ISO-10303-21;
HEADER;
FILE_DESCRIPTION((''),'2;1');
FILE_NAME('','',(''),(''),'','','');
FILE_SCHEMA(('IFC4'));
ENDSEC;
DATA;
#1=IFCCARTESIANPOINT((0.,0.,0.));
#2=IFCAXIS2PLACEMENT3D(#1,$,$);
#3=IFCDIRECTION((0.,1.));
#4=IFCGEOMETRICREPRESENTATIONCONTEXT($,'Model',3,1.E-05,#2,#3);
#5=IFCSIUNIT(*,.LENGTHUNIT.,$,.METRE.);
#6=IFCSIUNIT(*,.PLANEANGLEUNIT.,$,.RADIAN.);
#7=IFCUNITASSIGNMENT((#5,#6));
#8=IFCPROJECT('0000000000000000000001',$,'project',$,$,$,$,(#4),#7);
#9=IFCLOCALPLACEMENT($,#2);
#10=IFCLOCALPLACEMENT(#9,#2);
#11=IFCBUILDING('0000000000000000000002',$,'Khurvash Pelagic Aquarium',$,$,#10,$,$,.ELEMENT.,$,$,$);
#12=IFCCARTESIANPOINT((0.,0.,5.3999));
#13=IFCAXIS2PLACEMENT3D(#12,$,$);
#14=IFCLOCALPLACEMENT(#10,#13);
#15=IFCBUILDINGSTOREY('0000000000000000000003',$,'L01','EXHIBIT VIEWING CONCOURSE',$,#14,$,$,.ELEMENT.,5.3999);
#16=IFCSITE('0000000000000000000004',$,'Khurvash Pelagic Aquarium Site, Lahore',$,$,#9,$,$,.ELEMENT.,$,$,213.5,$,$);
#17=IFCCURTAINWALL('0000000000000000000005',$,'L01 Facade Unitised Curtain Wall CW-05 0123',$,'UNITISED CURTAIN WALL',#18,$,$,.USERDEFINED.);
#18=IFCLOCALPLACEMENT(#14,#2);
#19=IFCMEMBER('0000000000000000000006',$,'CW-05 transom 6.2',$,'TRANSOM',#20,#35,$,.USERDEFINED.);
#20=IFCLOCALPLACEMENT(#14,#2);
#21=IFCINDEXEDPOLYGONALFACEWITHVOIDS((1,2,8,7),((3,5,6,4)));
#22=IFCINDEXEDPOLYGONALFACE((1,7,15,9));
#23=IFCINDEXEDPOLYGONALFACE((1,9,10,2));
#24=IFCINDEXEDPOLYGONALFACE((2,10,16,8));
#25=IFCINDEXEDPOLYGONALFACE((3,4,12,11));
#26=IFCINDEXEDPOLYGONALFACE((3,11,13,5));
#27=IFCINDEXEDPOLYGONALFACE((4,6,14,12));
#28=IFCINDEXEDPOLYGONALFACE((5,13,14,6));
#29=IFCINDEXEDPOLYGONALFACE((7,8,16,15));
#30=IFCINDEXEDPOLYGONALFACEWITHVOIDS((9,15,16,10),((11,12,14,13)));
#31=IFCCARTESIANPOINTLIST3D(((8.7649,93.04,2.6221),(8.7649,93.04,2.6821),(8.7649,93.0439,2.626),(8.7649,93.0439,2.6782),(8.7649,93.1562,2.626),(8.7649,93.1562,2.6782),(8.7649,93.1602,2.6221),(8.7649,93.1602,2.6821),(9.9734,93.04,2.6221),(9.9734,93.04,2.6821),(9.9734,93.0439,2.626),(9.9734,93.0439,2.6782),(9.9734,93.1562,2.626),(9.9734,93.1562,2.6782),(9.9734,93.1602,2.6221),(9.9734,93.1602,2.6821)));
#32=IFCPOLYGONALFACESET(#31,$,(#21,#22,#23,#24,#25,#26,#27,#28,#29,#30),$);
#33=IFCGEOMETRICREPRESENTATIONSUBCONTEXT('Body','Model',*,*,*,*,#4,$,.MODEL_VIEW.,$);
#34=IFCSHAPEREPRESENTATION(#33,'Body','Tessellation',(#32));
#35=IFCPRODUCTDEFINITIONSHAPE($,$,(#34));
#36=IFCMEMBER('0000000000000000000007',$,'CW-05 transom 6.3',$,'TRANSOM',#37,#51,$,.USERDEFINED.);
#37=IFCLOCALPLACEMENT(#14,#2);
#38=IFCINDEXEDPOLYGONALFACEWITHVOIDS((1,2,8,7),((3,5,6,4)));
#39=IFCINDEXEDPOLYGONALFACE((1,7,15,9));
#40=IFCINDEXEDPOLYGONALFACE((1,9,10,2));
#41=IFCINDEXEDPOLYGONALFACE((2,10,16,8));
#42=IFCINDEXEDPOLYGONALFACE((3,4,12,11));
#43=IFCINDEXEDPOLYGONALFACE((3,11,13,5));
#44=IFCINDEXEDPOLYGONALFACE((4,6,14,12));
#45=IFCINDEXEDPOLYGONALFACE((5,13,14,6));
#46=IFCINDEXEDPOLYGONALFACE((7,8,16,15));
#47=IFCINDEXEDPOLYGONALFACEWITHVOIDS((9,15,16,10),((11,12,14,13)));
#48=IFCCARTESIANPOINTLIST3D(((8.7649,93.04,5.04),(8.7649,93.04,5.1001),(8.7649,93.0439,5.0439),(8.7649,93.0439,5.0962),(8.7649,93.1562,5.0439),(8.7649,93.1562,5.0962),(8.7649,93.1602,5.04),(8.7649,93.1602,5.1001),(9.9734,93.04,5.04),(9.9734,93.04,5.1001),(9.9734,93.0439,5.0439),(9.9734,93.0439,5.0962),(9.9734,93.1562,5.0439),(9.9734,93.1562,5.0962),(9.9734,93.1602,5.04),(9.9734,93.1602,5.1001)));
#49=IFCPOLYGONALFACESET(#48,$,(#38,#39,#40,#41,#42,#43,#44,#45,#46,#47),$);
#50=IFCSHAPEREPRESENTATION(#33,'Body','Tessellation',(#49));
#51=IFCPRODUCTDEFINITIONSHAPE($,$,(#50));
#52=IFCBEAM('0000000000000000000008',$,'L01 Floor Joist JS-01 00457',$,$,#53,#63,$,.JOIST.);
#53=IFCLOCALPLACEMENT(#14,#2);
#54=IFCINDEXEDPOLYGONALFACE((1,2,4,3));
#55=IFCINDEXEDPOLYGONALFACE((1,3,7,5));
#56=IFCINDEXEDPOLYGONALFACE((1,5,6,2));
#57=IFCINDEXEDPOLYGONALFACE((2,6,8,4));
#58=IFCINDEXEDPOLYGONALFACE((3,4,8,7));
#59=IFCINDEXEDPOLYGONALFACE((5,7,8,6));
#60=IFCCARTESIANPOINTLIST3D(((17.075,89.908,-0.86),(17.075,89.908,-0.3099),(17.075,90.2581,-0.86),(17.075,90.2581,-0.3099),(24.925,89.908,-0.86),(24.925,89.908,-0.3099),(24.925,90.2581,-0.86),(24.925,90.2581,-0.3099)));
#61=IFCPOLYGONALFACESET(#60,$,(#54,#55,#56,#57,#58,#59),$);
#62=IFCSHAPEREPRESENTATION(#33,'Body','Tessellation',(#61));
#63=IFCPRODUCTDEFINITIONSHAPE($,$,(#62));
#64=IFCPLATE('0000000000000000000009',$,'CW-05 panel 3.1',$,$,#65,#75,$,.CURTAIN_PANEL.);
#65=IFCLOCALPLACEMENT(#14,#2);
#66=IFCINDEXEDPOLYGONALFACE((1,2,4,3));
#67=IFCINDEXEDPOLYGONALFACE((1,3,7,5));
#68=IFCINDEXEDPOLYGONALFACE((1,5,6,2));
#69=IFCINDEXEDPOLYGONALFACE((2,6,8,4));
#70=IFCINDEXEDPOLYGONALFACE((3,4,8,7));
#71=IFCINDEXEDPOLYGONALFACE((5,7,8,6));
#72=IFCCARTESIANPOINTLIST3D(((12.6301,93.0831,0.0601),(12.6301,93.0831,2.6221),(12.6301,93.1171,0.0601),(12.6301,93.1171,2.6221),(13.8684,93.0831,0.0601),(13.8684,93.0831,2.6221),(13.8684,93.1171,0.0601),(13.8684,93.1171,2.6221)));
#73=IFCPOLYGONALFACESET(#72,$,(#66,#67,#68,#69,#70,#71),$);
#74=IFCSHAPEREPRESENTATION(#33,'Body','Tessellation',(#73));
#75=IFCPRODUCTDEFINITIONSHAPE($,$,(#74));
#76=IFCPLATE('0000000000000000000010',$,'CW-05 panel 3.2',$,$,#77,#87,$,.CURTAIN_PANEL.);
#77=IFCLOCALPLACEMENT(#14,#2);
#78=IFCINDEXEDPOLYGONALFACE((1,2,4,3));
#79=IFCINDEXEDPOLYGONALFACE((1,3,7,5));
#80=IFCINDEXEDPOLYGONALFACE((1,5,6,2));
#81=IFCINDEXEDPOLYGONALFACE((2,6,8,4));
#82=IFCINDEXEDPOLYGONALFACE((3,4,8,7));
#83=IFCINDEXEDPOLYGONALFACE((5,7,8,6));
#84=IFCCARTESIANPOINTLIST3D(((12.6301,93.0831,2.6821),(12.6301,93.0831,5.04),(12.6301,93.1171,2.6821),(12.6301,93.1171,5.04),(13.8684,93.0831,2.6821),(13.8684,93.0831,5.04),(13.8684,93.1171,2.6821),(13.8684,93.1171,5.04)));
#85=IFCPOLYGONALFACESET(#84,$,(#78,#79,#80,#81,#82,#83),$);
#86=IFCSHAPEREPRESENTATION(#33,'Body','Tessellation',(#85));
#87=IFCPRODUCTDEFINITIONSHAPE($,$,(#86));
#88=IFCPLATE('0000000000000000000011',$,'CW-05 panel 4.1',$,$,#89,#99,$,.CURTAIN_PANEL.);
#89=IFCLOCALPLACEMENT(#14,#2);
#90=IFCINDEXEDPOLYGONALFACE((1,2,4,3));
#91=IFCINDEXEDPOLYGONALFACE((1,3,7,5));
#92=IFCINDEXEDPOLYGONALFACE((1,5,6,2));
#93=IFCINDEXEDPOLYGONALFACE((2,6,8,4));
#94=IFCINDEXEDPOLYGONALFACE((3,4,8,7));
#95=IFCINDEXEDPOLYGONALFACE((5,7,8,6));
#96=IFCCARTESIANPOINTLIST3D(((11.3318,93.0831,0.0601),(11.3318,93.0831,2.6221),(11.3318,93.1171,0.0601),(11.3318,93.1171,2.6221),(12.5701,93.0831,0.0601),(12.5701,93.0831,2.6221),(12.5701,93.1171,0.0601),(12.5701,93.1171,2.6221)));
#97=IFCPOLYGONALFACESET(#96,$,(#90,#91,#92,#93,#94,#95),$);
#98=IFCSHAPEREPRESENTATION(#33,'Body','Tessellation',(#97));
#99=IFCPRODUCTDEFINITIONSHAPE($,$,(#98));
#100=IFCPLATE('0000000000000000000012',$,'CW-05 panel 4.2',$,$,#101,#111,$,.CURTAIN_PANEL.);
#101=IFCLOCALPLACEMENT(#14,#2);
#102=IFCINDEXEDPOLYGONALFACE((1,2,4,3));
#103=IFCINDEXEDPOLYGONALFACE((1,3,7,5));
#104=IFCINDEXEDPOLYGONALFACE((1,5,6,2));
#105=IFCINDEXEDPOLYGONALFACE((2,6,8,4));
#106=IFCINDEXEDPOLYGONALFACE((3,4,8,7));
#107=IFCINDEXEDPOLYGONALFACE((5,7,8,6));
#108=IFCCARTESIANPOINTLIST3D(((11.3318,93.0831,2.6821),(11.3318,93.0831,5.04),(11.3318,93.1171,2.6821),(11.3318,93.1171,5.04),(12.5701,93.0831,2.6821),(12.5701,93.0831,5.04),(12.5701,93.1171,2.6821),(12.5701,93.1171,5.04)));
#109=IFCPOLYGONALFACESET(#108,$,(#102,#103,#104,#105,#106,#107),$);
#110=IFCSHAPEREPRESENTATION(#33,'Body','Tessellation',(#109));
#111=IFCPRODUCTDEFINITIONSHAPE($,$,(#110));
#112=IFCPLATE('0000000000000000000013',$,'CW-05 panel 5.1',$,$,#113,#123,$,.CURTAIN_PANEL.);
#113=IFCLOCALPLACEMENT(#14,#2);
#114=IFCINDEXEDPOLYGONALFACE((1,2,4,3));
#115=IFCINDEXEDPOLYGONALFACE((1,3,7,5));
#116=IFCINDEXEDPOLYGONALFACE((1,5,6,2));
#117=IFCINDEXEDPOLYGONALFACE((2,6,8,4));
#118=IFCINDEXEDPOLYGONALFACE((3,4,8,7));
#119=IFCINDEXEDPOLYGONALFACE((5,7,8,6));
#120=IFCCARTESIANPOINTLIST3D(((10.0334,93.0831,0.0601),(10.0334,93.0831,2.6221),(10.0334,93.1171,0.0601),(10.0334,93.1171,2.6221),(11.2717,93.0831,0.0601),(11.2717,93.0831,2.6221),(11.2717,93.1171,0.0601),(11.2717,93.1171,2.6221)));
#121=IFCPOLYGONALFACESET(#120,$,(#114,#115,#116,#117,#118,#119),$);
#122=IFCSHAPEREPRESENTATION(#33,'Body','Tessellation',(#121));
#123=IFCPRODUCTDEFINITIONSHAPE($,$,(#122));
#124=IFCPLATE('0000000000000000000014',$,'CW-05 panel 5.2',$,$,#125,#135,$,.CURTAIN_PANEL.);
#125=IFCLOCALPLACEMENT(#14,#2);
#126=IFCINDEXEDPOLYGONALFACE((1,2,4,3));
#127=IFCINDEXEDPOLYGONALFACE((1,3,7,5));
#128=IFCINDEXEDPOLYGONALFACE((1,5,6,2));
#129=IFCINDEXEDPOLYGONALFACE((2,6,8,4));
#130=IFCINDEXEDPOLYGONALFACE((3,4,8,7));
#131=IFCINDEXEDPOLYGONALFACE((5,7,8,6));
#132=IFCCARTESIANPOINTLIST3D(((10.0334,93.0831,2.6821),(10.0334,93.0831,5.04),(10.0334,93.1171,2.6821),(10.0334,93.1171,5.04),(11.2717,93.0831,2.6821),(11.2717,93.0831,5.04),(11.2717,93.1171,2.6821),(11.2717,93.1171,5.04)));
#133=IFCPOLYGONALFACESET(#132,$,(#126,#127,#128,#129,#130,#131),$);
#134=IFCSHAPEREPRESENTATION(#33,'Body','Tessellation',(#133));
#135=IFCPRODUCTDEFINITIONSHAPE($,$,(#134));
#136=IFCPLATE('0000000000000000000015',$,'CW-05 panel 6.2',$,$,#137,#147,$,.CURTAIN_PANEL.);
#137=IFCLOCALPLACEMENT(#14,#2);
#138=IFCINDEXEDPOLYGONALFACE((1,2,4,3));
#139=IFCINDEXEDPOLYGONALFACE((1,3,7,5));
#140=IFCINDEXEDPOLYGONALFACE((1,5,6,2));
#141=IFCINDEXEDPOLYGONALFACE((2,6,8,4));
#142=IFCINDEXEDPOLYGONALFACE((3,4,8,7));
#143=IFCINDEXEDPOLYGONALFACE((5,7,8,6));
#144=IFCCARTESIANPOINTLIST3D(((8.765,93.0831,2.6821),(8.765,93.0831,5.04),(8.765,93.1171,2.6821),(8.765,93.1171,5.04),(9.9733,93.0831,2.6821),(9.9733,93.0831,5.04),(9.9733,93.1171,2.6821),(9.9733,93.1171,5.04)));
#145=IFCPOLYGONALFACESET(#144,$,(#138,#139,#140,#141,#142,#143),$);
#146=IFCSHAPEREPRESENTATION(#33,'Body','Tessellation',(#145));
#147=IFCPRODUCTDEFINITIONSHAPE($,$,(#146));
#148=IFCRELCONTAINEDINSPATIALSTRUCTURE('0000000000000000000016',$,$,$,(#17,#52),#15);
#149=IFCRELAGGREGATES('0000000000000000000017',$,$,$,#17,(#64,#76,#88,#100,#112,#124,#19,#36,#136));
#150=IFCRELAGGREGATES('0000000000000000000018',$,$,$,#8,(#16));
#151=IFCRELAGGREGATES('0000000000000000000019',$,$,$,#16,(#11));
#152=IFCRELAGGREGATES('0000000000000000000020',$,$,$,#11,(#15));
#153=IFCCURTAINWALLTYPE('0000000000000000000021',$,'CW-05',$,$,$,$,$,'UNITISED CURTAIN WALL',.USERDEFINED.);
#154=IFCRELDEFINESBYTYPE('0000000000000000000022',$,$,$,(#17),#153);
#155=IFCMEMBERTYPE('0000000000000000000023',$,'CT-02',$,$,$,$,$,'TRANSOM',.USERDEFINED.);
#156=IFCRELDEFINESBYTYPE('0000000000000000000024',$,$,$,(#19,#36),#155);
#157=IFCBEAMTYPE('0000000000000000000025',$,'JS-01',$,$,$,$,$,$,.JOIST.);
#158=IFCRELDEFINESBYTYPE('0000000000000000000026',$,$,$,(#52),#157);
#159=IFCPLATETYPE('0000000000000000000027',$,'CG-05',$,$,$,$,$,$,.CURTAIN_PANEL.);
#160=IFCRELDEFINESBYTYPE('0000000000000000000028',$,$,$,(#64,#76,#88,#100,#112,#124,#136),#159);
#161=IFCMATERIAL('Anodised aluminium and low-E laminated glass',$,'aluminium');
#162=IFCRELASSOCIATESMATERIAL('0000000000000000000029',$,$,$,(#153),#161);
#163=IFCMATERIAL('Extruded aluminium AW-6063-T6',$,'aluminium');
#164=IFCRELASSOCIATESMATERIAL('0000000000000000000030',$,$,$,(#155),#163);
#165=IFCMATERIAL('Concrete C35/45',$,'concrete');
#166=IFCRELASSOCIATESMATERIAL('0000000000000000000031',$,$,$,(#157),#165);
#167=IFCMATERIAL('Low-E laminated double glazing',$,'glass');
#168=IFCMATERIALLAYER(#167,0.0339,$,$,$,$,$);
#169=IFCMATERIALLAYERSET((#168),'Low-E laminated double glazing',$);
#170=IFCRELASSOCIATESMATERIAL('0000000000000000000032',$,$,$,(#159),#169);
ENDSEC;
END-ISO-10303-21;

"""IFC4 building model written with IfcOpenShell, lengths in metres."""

from ifc_helpers import new_model, si_unit, direction, frame, origin, origin_2d, place, context, subcontext, project, spatial, rectangle, hollow_rectangle, extrude, material, layer, layer_set, material_profile, profile_set, type_object, element, aggregate, save


model = new_model("IFC4")

# Units and contexts
model_context = context("Model", 3, precision=1e-05, world=origin(), true_north=direction((0.0, 1.0)))
body_context = subcontext(model_context, "Body", "Model", "MODEL_VIEW")
ifc_project = project(units=[si_unit("LENGTHUNIT", "METRE"), si_unit("PLANEANGLEUNIT", "RADIAN")], contexts=[model_context])

# Site, building, storey
site_placement = place(None, origin())
site = spatial("IfcSite", under=ifc_project, at=site_placement, Name="Khurvash Pelagic Aquarium Site, Lahore", CompositionType="ELEMENT", RefElevation=213.5)
building_placement = place(site_placement, origin())
building = spatial("IfcBuilding", under=site, at=building_placement, Name="Khurvash Pelagic Aquarium", CompositionType="ELEMENT")
storey_placement = place(building_placement, frame((0.0, 0.0, 5.3999)))
storey = spatial("IfcBuildingStorey", under=building, at=storey_placement, Name="L01", Description="EXHIBIT VIEWING CONCOURSE", CompositionType="ELEMENT", Elevation=5.3999)

# Curtain wall, members
ifc_material_1 = material(Name="Anodised aluminium and low-E laminated glass", Category="aluminium")
curtain_wall_type = type_object("IfcCurtainWallType", Name="CW-05", ElementType="UNITISED CURTAIN WALL", PredefinedType="USERDEFINED", material=ifc_material_1)
curtain_wall_placement = place(storey_placement, origin())
curtain_wall = element("IfcCurtainWall", 1, at=curtain_wall_placement, inside=storey, type_object=curtain_wall_type, Name="L01 Facade Unitised Curtain Wall CW-05 0123", ObjectType="UNITISED CURTAIN WALL", PredefinedType="USERDEFINED")
ifc_material_2 = material(Name="Extruded aluminium AW-6063-T6", Category="aluminium")
ifc_material_profile_1 = material_profile(ifc_material_2, hollow_rectangle(XDim=0.1201, YDim=0.0601, WallThickness=0.0039, at=origin_2d()), Name="CWT120X60X4")
ifc_profile_set_1 = profile_set([ifc_material_profile_1], Name="Extruded aluminium AW-6063-T6")
member_type_1 = type_object("IfcMemberType", Name="CT-02", ElementType="TRANSOM", PredefinedType="USERDEFINED", material=ifc_profile_set_1)
member_1_placement = place(storey_placement, frame((9.9734, 93.1001, 2.6521), z_axis=(-1.0, 0.0, 0.0), x_axis=(0.0, -1.0, 0.0)))
member_1 = element("IfcMember", 2, at=member_1_placement, type_object=member_type_1, Name="CW-05 transom 6.2", ObjectType="TRANSOM", PredefinedType="USERDEFINED", context=body_context, shape_type="SweptSolid", body=[
    extrude(hollow_rectangle(XDim=0.1201, YDim=0.0601, WallThickness=0.0039, at=origin_2d()), origin(), (0.0, 0.0, 1.0), 1.2085),
])
member_2_placement = place(storey_placement, frame((9.9734, 93.1001, 5.0701), z_axis=(-1.0, 0.0, 0.0), x_axis=(0.0, -1.0, 0.0)))
member_2 = element("IfcMember", 3, at=member_2_placement, type_object=member_type_1, Name="CW-05 transom 6.3", ObjectType="TRANSOM", PredefinedType="USERDEFINED", context=body_context, shape_type="SweptSolid", body=[
    extrude(hollow_rectangle(XDim=0.1201, YDim=0.0601, WallThickness=0.0039, at=origin_2d()), origin(), (0.0, 0.0, 1.0), 1.2085),
])

# Beam
ifc_material_3 = material(Name="Concrete C35/45", Category="concrete")
ifc_material_profile_2 = material_profile(ifc_material_3, rectangle(XDim=0.3501, YDim=0.55, at=origin_2d()), Name="RC350X550")
ifc_profile_set_2 = profile_set([ifc_material_profile_2], Name="Concrete C35/45")
beam_type = type_object("IfcBeamType", Name="JS-01", PredefinedType="JOIST", material=ifc_profile_set_2)
beam_placement = place(storey_placement, frame((17.075, 90.083, -0.585), z_axis=(1.0, 0.0, 0.0), x_axis=(0.0, 1.0, 0.0)))
element("IfcBeam", 4, at=beam_placement, inside=storey, type_object=beam_type, Name="L01 Floor Joist JS-01 00457", PredefinedType="JOIST", context=body_context, shape_type="SweptSolid", body=[
    extrude(rectangle(XDim=0.3501, YDim=0.55, at=origin_2d()), origin(), (0.0, 0.0, 1.0), 7.8501),
])

# Plates
ifc_material_4 = material(Name="Low-E laminated double glazing", Category="glass")
ifc_layer = layer(ifc_material_4, 0.0339)
ifc_layer_set = layer_set([ifc_layer], Name="Low-E laminated double glazing")
plate_type = type_object("IfcPlateType", Name="CG-05", PredefinedType="CURTAIN_PANEL", material=ifc_layer_set)
plate_1_placement = place(storey_placement, frame((13.2493, 93.1001, 0.0601), z_axis=(0.0, 0.0, 1.0), x_axis=(-1.0, 0.0, 0.0)))
plate_1 = element("IfcPlate", 5, at=plate_1_placement, type_object=plate_type, Name="CW-05 panel 3.1", PredefinedType="CURTAIN_PANEL", context=body_context, shape_type="SweptSolid", body=[
    extrude(rectangle(XDim=1.2383, YDim=0.0339, at=origin_2d()), origin(), (0.0, 0.0, 1.0), 2.562),
])
plate_2_placement = place(storey_placement, frame((13.2493, 93.1001, 2.6821), z_axis=(0.0, 0.0, 1.0), x_axis=(-1.0, 0.0, 0.0)))
plate_2 = element("IfcPlate", 6, at=plate_2_placement, type_object=plate_type, Name="CW-05 panel 3.2", PredefinedType="CURTAIN_PANEL", context=body_context, shape_type="SweptSolid", body=[
    extrude(rectangle(XDim=1.2383, YDim=0.0339, at=origin_2d()), origin(), (0.0, 0.0, 1.0), 2.3579),
])
plate_3_placement = place(storey_placement, frame((11.9509, 93.1001, 0.0601), z_axis=(0.0, 0.0, 1.0), x_axis=(-1.0, 0.0, 0.0)))
plate_3 = element("IfcPlate", 7, at=plate_3_placement, type_object=plate_type, Name="CW-05 panel 4.1", PredefinedType="CURTAIN_PANEL", context=body_context, shape_type="SweptSolid", body=[
    extrude(rectangle(XDim=1.2383, YDim=0.0339, at=origin_2d()), origin(), (0.0, 0.0, 1.0), 2.562),
])
plate_4_placement = place(storey_placement, frame((11.9509, 93.1001, 2.6821), z_axis=(0.0, 0.0, 1.0), x_axis=(-1.0, 0.0, 0.0)))
plate_4 = element("IfcPlate", 8, at=plate_4_placement, type_object=plate_type, Name="CW-05 panel 4.2", PredefinedType="CURTAIN_PANEL", context=body_context, shape_type="SweptSolid", body=[
    extrude(rectangle(XDim=1.2383, YDim=0.0339, at=origin_2d()), origin(), (0.0, 0.0, 1.0), 2.3579),
])
plate_5_placement = place(storey_placement, frame((10.6526, 93.1001, 0.0601), z_axis=(0.0, 0.0, 1.0), x_axis=(-1.0, 0.0, 0.0)))
plate_5 = element("IfcPlate", 9, at=plate_5_placement, type_object=plate_type, Name="CW-05 panel 5.1", PredefinedType="CURTAIN_PANEL", context=body_context, shape_type="SweptSolid", body=[
    extrude(rectangle(XDim=1.2383, YDim=0.0339, at=origin_2d()), origin(), (0.0, 0.0, 1.0), 2.562),
])
plate_6_placement = place(storey_placement, frame((10.6526, 93.1001, 2.6821), z_axis=(0.0, 0.0, 1.0), x_axis=(-1.0, 0.0, 0.0)))
plate_6 = element("IfcPlate", 10, at=plate_6_placement, type_object=plate_type, Name="CW-05 panel 5.2", PredefinedType="CURTAIN_PANEL", context=body_context, shape_type="SweptSolid", body=[
    extrude(rectangle(XDim=1.2383, YDim=0.0339, at=origin_2d()), origin(), (0.0, 0.0, 1.0), 2.3579),
])
plate_7_placement = place(storey_placement, frame((9.3691, 93.1001, 2.6821), z_axis=(0.0, 0.0, 1.0), x_axis=(-1.0, 0.0, 0.0)))
plate_7 = element("IfcPlate", 11, at=plate_7_placement, type_object=plate_type, Name="CW-05 panel 6.2", PredefinedType="CURTAIN_PANEL", context=body_context, shape_type="SweptSolid", body=[
    extrude(rectangle(XDim=1.2083, YDim=0.0339, at=origin_2d()), origin(), (0.0, 0.0, 1.0), 2.3579),
])
aggregate(curtain_wall, [plate_1, plate_2, plate_3, plate_4, plate_5, plate_6, member_1, member_2, plate_7])

save(model, "model.ifc")
